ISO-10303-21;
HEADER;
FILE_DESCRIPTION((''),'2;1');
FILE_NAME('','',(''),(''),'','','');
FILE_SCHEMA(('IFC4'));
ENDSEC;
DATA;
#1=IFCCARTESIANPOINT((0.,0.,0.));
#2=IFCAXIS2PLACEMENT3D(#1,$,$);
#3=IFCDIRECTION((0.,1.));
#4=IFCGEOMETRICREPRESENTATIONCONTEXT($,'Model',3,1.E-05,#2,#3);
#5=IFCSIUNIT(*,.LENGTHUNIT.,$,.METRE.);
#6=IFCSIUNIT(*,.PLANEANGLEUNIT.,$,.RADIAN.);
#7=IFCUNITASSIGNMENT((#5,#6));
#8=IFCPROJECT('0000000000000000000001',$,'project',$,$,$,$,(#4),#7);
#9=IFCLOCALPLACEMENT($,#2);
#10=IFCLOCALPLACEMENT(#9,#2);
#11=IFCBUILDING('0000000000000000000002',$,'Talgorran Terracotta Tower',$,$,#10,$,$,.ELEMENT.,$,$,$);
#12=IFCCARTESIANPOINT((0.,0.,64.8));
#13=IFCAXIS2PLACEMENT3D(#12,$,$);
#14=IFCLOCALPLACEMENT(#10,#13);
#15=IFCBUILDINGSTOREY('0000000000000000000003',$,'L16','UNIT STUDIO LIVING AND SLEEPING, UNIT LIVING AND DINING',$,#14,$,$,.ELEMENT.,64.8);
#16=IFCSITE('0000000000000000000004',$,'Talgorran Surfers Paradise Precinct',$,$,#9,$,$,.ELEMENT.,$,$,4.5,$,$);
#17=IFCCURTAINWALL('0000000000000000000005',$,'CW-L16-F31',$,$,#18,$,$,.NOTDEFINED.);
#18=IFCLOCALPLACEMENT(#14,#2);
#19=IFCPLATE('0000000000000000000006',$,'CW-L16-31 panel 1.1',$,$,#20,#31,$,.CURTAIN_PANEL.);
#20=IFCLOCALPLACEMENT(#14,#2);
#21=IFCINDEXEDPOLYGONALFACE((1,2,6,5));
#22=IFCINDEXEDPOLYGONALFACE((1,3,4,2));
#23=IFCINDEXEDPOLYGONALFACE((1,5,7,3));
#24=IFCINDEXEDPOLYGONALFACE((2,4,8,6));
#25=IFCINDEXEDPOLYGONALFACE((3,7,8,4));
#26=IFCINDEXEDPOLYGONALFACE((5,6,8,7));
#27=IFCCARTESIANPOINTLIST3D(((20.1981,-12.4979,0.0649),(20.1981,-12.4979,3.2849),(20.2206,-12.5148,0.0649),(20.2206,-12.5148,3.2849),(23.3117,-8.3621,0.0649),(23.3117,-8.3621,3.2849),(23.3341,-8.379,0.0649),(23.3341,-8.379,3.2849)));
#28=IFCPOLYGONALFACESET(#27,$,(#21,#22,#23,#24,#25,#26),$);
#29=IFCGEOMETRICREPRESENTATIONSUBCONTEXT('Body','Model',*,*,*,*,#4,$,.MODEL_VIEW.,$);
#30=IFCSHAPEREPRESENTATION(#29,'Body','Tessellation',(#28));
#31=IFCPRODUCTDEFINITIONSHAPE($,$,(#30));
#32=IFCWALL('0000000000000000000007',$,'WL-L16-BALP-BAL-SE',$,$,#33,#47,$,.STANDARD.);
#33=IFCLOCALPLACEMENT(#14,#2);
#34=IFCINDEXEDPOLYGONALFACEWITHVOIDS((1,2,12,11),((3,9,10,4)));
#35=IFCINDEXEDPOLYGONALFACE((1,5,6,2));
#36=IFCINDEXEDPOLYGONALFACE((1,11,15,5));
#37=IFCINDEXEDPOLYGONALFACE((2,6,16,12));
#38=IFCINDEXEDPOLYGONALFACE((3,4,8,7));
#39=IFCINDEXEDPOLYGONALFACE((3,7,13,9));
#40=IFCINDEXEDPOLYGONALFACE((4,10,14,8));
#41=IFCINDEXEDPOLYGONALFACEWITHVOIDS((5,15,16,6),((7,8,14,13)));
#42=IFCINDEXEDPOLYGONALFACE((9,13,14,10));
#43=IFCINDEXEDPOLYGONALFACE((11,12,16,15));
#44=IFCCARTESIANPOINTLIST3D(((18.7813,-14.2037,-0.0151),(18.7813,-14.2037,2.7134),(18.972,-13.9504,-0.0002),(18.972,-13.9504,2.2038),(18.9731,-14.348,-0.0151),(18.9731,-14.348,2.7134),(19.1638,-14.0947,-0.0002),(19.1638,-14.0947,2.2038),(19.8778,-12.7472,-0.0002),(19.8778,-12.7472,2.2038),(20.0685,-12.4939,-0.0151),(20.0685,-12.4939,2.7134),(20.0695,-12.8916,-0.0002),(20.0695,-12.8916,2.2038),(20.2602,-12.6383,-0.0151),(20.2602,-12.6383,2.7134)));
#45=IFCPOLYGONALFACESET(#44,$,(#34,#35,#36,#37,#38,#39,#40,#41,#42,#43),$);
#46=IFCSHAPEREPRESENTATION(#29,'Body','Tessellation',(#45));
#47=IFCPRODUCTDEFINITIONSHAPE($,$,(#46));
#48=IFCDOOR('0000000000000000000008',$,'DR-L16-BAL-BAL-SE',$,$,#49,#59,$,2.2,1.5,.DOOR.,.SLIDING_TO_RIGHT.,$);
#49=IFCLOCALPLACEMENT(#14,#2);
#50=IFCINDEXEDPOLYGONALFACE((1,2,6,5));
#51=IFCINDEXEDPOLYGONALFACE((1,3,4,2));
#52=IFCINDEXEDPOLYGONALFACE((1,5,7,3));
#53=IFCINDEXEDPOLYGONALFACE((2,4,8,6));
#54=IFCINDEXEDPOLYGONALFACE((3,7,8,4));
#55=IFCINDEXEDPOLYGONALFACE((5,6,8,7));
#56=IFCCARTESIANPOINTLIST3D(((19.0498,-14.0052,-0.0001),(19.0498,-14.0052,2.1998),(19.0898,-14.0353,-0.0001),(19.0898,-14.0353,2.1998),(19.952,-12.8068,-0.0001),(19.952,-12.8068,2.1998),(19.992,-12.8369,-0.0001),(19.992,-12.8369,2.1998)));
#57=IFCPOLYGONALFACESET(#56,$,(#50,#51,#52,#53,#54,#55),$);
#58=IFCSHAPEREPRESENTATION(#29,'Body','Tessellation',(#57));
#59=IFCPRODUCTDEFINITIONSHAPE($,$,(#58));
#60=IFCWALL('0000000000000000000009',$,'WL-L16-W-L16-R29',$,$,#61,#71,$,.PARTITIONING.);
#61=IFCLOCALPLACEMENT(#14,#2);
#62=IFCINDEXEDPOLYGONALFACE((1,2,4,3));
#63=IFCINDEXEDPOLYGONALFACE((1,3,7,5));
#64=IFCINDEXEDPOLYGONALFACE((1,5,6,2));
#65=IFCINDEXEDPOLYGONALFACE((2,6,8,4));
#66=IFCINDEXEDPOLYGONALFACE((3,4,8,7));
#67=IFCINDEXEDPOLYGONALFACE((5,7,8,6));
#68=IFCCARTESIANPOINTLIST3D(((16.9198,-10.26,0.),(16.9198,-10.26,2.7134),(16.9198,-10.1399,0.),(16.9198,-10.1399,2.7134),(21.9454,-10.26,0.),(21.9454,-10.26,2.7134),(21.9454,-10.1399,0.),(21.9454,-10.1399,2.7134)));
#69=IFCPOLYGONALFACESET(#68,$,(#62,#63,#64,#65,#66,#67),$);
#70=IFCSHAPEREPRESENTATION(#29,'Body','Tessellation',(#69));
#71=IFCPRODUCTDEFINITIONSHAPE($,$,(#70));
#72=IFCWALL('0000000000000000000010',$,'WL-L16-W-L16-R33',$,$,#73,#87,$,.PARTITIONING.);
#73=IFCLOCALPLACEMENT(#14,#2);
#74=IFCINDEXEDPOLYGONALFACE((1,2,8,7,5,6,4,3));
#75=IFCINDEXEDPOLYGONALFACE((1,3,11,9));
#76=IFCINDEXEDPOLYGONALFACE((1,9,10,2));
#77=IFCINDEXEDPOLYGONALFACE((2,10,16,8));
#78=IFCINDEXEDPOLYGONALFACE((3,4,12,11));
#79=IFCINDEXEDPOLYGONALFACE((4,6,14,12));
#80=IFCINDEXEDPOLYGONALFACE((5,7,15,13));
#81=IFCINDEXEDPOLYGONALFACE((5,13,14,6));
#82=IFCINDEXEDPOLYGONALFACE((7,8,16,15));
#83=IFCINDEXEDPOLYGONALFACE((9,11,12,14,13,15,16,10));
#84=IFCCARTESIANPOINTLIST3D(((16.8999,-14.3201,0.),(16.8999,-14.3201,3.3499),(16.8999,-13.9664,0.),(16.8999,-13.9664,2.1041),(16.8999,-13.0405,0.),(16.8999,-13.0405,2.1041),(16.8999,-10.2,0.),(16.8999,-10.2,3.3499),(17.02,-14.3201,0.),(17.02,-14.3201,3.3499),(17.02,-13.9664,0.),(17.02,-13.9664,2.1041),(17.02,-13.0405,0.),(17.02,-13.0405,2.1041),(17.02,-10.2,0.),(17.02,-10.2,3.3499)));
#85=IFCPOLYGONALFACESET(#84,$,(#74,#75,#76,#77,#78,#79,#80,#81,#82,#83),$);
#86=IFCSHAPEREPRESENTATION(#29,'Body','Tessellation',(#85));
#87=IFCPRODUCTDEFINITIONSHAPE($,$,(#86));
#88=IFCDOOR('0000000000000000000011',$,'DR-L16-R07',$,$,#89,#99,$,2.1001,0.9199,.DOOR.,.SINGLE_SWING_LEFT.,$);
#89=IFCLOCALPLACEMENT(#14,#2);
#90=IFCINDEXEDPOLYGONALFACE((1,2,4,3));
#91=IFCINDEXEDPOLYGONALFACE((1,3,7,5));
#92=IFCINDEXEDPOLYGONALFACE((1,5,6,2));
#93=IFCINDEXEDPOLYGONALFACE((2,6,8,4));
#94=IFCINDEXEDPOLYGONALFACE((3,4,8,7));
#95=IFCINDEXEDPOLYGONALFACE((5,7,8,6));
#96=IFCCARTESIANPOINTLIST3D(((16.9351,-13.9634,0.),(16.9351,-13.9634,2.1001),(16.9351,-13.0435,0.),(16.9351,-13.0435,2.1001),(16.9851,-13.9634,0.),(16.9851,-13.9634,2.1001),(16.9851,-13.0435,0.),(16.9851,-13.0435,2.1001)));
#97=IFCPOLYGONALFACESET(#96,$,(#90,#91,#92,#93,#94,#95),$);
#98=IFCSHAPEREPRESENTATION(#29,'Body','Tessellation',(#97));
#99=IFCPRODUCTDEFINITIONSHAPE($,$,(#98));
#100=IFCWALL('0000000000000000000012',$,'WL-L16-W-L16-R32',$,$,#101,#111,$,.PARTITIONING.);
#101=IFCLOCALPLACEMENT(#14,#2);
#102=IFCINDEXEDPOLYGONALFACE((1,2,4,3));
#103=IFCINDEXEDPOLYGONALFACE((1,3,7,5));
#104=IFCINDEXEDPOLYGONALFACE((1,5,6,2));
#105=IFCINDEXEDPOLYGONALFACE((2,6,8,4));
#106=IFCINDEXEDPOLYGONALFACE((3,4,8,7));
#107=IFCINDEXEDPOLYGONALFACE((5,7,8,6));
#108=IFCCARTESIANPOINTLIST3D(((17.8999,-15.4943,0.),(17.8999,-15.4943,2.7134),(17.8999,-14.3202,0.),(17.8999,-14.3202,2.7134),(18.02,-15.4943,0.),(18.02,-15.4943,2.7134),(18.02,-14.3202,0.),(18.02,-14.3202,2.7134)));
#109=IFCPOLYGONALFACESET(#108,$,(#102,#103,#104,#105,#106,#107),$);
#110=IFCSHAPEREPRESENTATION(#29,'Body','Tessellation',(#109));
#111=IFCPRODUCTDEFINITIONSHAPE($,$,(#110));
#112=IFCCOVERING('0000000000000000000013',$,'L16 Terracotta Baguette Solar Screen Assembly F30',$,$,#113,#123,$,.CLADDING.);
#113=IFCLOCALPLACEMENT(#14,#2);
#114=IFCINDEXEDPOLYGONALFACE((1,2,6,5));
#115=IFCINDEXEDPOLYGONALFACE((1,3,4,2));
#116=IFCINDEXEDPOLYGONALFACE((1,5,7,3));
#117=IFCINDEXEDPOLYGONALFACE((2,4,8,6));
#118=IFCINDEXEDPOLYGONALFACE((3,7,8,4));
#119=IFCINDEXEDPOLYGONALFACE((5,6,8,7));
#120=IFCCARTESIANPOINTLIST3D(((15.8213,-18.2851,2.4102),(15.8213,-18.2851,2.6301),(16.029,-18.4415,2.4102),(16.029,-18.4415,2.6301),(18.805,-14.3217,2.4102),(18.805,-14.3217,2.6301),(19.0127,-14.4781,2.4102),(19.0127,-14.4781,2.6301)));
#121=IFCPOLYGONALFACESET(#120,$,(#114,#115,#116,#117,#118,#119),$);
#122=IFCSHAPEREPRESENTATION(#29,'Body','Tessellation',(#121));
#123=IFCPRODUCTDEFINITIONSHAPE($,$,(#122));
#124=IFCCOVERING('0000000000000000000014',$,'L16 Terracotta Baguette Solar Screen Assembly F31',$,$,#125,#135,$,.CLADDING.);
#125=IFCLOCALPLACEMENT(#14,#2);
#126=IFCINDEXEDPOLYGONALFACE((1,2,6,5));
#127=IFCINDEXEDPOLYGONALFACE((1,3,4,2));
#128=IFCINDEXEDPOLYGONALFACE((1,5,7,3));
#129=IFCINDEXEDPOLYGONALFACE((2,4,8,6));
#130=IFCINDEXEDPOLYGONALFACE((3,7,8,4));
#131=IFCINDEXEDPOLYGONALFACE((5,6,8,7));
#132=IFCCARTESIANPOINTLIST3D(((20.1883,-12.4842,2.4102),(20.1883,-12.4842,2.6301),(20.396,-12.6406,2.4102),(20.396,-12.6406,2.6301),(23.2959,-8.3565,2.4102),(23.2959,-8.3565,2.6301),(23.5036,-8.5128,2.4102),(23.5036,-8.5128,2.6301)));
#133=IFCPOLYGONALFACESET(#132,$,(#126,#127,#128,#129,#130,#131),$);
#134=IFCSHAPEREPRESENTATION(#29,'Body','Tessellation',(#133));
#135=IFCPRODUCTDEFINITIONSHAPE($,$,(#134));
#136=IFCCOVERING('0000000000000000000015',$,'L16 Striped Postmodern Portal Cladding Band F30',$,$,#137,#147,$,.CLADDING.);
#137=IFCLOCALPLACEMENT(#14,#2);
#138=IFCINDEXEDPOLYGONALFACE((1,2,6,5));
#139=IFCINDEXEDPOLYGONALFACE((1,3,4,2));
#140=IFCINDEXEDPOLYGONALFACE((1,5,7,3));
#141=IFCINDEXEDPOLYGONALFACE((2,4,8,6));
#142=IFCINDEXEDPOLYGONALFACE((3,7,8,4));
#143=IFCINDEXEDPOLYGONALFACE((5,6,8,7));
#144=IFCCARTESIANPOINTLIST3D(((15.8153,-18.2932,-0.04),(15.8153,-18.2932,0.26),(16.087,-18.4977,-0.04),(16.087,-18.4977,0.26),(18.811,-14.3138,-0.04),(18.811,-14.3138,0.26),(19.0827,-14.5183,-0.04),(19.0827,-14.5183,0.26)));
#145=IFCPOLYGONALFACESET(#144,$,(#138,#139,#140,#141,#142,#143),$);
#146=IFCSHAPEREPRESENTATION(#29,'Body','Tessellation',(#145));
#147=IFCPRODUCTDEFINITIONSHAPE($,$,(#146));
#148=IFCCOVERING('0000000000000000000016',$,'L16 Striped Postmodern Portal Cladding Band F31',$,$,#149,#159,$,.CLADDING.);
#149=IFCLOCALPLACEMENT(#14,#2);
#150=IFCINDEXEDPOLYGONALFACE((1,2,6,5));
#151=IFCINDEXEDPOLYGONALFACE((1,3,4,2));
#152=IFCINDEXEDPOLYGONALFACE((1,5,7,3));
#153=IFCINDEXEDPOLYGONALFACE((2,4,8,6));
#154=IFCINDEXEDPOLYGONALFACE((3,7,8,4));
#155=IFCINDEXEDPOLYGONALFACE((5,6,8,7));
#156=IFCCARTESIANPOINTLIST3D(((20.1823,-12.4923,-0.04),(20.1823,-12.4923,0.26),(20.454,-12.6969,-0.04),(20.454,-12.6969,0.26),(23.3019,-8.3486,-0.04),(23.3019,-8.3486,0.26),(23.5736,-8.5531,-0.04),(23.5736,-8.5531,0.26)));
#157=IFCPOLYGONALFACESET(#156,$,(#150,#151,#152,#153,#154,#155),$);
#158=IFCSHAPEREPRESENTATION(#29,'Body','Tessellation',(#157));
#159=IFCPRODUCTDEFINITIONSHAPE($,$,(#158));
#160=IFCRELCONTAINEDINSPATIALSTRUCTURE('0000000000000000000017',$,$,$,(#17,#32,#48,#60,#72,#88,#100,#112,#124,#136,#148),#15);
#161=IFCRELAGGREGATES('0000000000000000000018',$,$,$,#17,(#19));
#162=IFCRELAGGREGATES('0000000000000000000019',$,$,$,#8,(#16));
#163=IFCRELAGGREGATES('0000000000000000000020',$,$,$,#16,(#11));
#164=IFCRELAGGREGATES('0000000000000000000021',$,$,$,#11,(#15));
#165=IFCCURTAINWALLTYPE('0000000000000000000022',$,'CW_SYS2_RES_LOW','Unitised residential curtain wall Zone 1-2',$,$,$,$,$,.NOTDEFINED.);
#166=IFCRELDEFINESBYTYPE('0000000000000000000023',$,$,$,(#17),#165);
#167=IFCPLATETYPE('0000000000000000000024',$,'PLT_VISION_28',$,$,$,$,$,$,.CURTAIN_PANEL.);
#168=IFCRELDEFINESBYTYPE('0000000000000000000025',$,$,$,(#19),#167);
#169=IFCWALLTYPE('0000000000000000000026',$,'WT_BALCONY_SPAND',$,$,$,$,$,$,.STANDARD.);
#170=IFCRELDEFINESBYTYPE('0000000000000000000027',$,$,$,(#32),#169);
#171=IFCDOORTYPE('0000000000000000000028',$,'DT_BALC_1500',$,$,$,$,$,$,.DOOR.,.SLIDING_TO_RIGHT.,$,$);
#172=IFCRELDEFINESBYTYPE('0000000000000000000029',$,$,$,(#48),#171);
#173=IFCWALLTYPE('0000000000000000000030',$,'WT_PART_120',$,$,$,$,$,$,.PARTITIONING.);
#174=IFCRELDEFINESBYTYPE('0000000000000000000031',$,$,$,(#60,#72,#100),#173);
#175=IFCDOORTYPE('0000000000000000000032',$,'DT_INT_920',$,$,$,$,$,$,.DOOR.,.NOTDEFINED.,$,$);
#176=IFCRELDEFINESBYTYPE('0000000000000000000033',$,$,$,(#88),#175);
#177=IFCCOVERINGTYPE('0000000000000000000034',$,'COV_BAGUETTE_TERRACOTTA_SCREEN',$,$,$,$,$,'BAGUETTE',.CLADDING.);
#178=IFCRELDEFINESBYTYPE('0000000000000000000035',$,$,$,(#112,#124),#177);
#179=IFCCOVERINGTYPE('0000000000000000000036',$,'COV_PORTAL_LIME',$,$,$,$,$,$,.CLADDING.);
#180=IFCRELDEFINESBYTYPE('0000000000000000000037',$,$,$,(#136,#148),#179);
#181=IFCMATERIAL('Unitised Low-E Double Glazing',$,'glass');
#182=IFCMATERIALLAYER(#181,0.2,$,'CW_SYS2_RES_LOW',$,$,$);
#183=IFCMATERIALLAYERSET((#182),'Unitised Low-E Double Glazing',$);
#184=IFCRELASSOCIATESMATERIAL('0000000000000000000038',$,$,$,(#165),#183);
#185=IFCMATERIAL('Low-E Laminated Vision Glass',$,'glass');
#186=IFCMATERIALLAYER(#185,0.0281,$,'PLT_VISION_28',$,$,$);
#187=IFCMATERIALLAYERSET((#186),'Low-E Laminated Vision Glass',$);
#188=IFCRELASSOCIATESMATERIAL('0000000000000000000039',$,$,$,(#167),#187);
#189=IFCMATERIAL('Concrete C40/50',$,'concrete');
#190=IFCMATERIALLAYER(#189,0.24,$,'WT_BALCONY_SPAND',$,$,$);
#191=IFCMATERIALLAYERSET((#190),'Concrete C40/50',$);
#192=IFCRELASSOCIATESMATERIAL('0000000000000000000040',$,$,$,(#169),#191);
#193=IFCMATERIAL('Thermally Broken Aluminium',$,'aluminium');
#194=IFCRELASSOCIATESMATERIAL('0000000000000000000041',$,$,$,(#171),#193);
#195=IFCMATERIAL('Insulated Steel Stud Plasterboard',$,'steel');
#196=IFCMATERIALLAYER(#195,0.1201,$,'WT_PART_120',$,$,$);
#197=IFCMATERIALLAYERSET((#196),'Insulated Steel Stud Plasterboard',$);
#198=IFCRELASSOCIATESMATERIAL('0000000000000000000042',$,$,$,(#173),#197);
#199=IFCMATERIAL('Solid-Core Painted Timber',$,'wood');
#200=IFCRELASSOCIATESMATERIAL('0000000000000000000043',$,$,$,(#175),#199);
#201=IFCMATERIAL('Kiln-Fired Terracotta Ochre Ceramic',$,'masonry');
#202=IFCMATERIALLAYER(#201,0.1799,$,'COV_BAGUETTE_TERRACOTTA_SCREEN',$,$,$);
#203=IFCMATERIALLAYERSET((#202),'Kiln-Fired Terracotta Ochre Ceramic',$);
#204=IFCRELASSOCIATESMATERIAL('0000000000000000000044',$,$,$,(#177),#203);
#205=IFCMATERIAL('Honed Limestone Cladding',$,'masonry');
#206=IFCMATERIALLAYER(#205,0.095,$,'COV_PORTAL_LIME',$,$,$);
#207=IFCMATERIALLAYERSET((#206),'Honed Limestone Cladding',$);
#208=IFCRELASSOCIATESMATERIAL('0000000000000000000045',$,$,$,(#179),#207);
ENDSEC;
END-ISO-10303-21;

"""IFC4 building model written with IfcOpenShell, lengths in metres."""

from ifc_helpers import new_model, si_unit, direction, frame, frame_2d, origin, origin_2d, place, context, subcontext, project, spatial, rectangle, extrude, source, transform, mapped, material, layer, layer_set, type_object, element, fill, aggregate, save


model = new_model("IFC4")

# Units and contexts
model_context = context("Model", 3, precision=1e-05, world=origin(), true_north=direction((0.0, 1.0)))
body_context = subcontext(model_context, "Body", "Model", "MODEL_VIEW")
ifc_project = project(units=[si_unit("LENGTHUNIT", "METRE"), si_unit("PLANEANGLEUNIT", "RADIAN")], contexts=[model_context])

# Site, building, storey
site_placement = place(None, origin())
site = spatial("IfcSite", under=ifc_project, at=site_placement, Name="Talgorran Surfers Paradise Precinct", CompositionType="ELEMENT", RefElevation=4.5)
building_placement = place(site_placement, origin())
building = spatial("IfcBuilding", under=site, at=building_placement, Name="Talgorran Terracotta Tower", CompositionType="ELEMENT")
storey_placement = place(building_placement, frame((0.0, 0.0, 64.8)))
storey = spatial("IfcBuildingStorey", under=building, at=storey_placement, Name="L16", Description="UNIT STUDIO LIVING AND SLEEPING, UNIT LIVING AND DINING", CompositionType="ELEMENT", Elevation=64.8)

# Shared definitions
ifc_material_1 = material(Name="Unitised Low-E Double Glazing", Category="glass")
ifc_layer_1 = layer(ifc_material_1, 0.2, Name="CW_SYS2_RES_LOW")
ifc_layer_set_1 = layer_set([ifc_layer_1], Name="Unitised Low-E Double Glazing")
curtain_wall_type = type_object("IfcCurtainWallType", Name="CW_SYS2_RES_LOW", Description="Unitised residential curtain wall Zone 1-2", PredefinedType="NOTDEFINED", material=ifc_layer_set_1)

# Curtain wall
curtain_wall_1_placement = place(storey_placement, origin())
curtain_wall_1 = element("IfcCurtainWall", 1, at=curtain_wall_1_placement, inside=storey, type_object=curtain_wall_type, Name="CW-L16-F31", PredefinedType="NOTDEFINED")

# Plate
ifc_material_2 = material(Name="Low-E Laminated Vision Glass", Category="glass")
ifc_layer_2 = layer(ifc_material_2, 0.0281, Name="PLT_VISION_28")
ifc_layer_set_2 = layer_set([ifc_layer_2], Name="Low-E Laminated Vision Glass")
plate_type_1 = type_object("IfcPlateType", Name="PLT_VISION_28", PredefinedType="CURTAIN_PANEL", material=ifc_layer_set_2)
shared_shape_1 = source(origin(), body_context, "Body", "SweptSolid", [
    extrude(rectangle(XDim=5.1768, YDim=0.0281, at=origin_2d()), origin(), (0.0, 0.0, 1.0), 3.22),
])
plate_1_placement = place(storey_placement, frame((21.7661, -10.4385, 0.0649), z_axis=(0.0, 0.0, 1.0), x_axis=(0.601446, 0.798913, 0.0)))
plate_1 = element("IfcPlate", 2, at=plate_1_placement, type_object=plate_type_1, Name="CW-L16-31 panel 1.1", PredefinedType="CURTAIN_PANEL", context=body_context, shape_type="MappedRepresentation", body=[
    mapped(shared_shape_1, transform((0.0, 0.0, 0.0), scale=1.0)),
])
aggregate(curtain_wall_1, [plate_1])

# Wall, opening, door
ifc_material_3 = material(Name="Concrete C40/50", Category="concrete")
ifc_layer_3 = layer(ifc_material_3, 0.24, Name="WT_BALCONY_SPAND")
ifc_layer_set_3 = layer_set([ifc_layer_3], Name="Concrete C40/50")
wall_type_1 = type_object("IfcWallType", Name="WT_BALCONY_SPAND", PredefinedType="STANDARD", material=ifc_layer_set_3)
wall_1_placement = place(storey_placement, frame((18.8772, -14.2759, -0.0151), z_axis=(0.0, 0.0, 1.0), x_axis=(0.601441, 0.798917, 0.0)))
wall_1 = element("IfcWall", 3, at=wall_1_placement, inside=storey, type_object=wall_type_1, Name="WL-L16-BALP-BAL-SE", PredefinedType="STANDARD", context=body_context, shape_type="SweptSolid", body=[
    extrude(rectangle(XDim=2.1401, YDim=0.24, at=frame_2d((1.0701, 0.0))), origin(), (0.0, 0.0, 1.0), 2.7285),
])
opening_1_placement = place(wall_1_placement, frame((0.3201, 0.0, 0.0149)))
opening_1 = element("IfcOpeningElement", 4, at=opening_1_placement, cuts=wall_1, PredefinedType="OPENING", context=body_context, shape_type="SweptSolid", body=[
    extrude(rectangle(XDim=1.506, YDim=2.204, at=frame_2d((0.75, 1.1021))), frame((0.0, 0.1299, 0.0), z_axis=(0.0, -1.0, 0.0), x_axis=(1.0, 0.0, 0.0)), (0.0, 0.0, 1.0), 0.26),
])
ifc_material_4 = material(Name="Thermally Broken Aluminium", Category="aluminium")
door_type_1 = type_object("IfcDoorType", Name="DT_BALC_1500", OperationType="SLIDING_TO_RIGHT", PredefinedType="DOOR", material=ifc_material_4)
door_1_placement = place(opening_1_placement, origin())
door_1 = element("IfcDoor", 5, at=door_1_placement, inside=storey, type_object=door_type_1, Name="DR-L16-BAL-BAL-SE", OperationType="SLIDING_TO_RIGHT", OverallHeight=2.2, OverallWidth=1.5, PredefinedType="DOOR", context=body_context, shape_type="SweptSolid", body=[
    extrude(rectangle(XDim=1.5, YDim=2.2, at=frame_2d((0.75, 1.1001))), frame((0.0, 0.0249, 0.0), z_axis=(0.0, -1.0, 0.0), x_axis=(1.0, 0.0, 0.0)), (0.0, 0.0, 1.0), 0.05),
])
fill(opening_1, door_1)

# Wall
ifc_material_5 = material(Name="Insulated Steel Stud Plasterboard", Category="steel")
ifc_layer_4 = layer(ifc_material_5, 0.1201, Name="WT_PART_120")
ifc_layer_set_4 = layer_set([ifc_layer_4], Name="Insulated Steel Stud Plasterboard")
wall_type_2 = type_object("IfcWallType", Name="WT_PART_120", PredefinedType="PARTITIONING", material=ifc_layer_set_4)
wall_2_placement = place(storey_placement, frame((16.9199, -10.2, 0.0), z_axis=(0.0, 0.0, 1.0), x_axis=(1.0, 0.0, 0.0)))
element("IfcWall", 6, at=wall_2_placement, inside=storey, type_object=wall_type_2, Name="WL-L16-W-L16-R29", PredefinedType="PARTITIONING", context=body_context, shape_type="SweptSolid", body=[
    extrude(rectangle(XDim=5.0256, YDim=0.1201, at=frame_2d((2.5127, 0.0))), origin(), (0.0, 0.0, 1.0), 2.7134),
])

# Wall, opening, door
wall_3_placement = place(storey_placement, frame((16.96, -14.3201, 0.0), z_axis=(0.0, 0.0, 1.0), x_axis=(0.0, 1.0, 0.0)))
wall_3 = element("IfcWall", 7, at=wall_3_placement, inside=storey, type_object=wall_type_2, Name="WL-L16-W-L16-R33", PredefinedType="PARTITIONING", context=body_context, shape_type="SweptSolid", body=[
    extrude(rectangle(XDim=4.1201, YDim=0.1201, at=frame_2d((2.0601, 0.0))), origin(), (0.0, 0.0, 1.0), 3.3499),
])
opening_2_placement = place(wall_3_placement, frame((0.3567, 0.0, 0.0)))
opening_2 = element("IfcOpeningElement", 8, at=opening_2_placement, cuts=wall_3, PredefinedType="OPENING", context=body_context, shape_type="SweptSolid", body=[
    extrude(rectangle(XDim=0.9259, YDim=2.1041, at=frame_2d((0.46, 1.052))), frame((0.0, 0.0701, 0.0), z_axis=(0.0, -1.0, 0.0), x_axis=(1.0, 0.0, 0.0)), (0.0, 0.0, 1.0), 0.1401),
])
ifc_material_6 = material(Name="Solid-Core Painted Timber", Category="wood")
door_type_2 = type_object("IfcDoorType", Name="DT_INT_920", OperationType="NOTDEFINED", PredefinedType="DOOR", material=ifc_material_6)
door_2_placement = place(opening_2_placement, origin())
door_2 = element("IfcDoor", 9, at=door_2_placement, inside=storey, type_object=door_type_2, Name="DR-L16-R07", OperationType="SINGLE_SWING_LEFT", OverallHeight=2.1001, OverallWidth=0.9199, PredefinedType="DOOR", context=body_context, shape_type="SweptSolid", body=[
    extrude(rectangle(XDim=0.9199, YDim=2.1001, at=frame_2d((0.46, 1.05))), frame((0.0, 0.0249, 0.0), z_axis=(0.0, -1.0, 0.0), x_axis=(1.0, 0.0, 0.0)), (0.0, 0.0, 1.0), 0.05),
])
fill(opening_2, door_2)

# Wall
wall_4_placement = place(storey_placement, frame((17.96, -15.4941, 0.0), z_axis=(0.0, 0.0, 1.0), x_axis=(0.0, 1.0, 0.0)))
element("IfcWall", 10, at=wall_4_placement, inside=storey, type_object=wall_type_2, Name="WL-L16-W-L16-R32", PredefinedType="PARTITIONING", context=body_context, shape_type="SweptSolid", body=[
    extrude(rectangle(XDim=1.1741, YDim=0.1201, at=frame_2d((0.5869, 0.0))), origin(), (0.0, 0.0, 1.0), 2.7134),
])

# Coverings
ifc_material_7 = material(Name="Kiln-Fired Terracotta Ochre Ceramic", Category="masonry")
ifc_layer_5 = layer(ifc_material_7, 0.1799, Name="COV_BAGUETTE_TERRACOTTA_SCREEN")
ifc_layer_set_5 = layer_set([ifc_layer_5], Name="Kiln-Fired Terracotta Ochre Ceramic")
covering_type_1 = type_object("IfcCoveringType", Name="COV_BAGUETTE_TERRACOTTA_SCREEN", ElementType="BAGUETTE", PredefinedType="CLADDING", material=ifc_layer_set_5)
covering_1_placement = place(storey_placement, frame((17.417, -16.3816, 2.4102), z_axis=(0.0, 0.0, 1.0), x_axis=(0.601439, 0.798919, 0.0)))
element("IfcCovering", 11, at=covering_1_placement, inside=storey, type_object=covering_type_1, Name="L16 Terracotta Baguette Solar Screen Assembly F30", PredefinedType="CLADDING", context=body_context, shape_type="SweptSolid", body=[
    extrude(rectangle(XDim=4.9609, YDim=0.26, at=origin_2d()), origin(), (0.0, 0.0, 1.0), 0.22),
])
covering_2_placement = place(storey_placement, frame((21.8459, -10.4985, 2.4102), z_axis=(0.0, 0.0, 1.0), x_axis=(0.601453, 0.798909, 0.0)))
element("IfcCovering", 12, at=covering_2_placement, inside=storey, type_object=covering_type_1, Name="L16 Terracotta Baguette Solar Screen Assembly F31", PredefinedType="CLADDING", context=body_context, shape_type="SweptSolid", body=[
    extrude(rectangle(XDim=5.1667, YDim=0.26, at=origin_2d()), origin(), (0.0, 0.0, 1.0), 0.22),
])
ifc_material_8 = material(Name="Honed Limestone Cladding", Category="masonry")
ifc_layer_6 = layer(ifc_material_8, 0.095, Name="COV_PORTAL_LIME")
ifc_layer_set_6 = layer_set([ifc_layer_6], Name="Honed Limestone Cladding")
covering_type_2 = type_object("IfcCoveringType", Name="COV_PORTAL_LIME", PredefinedType="CLADDING", material=ifc_layer_set_6)
covering_3_placement = place(storey_placement, frame((17.449, -16.4058, -0.04), z_axis=(0.0, 0.0, 1.0), x_axis=(0.601439, 0.798919, 0.0)))
element("IfcCovering", 13, at=covering_3_placement, inside=storey, type_object=covering_type_2, Name="L16 Striped Postmodern Portal Cladding Band F30", PredefinedType="CLADDING", context=body_context, shape_type="SweptSolid", body=[
    extrude(rectangle(XDim=4.981, YDim=0.3401, at=origin_2d()), origin(), (0.0, 0.0, 1.0), 0.3),
])
covering_4_placement = place(storey_placement, frame((21.8779, -10.5227, -0.04), z_axis=(0.0, 0.0, 1.0), x_axis=(0.601453, 0.798909, 0.0)))
element("IfcCovering", 14, at=covering_4_placement, inside=storey, type_object=covering_type_2, Name="L16 Striped Postmodern Portal Cladding Band F31", PredefinedType="CLADDING", context=body_context, shape_type="SweptSolid", body=[
    extrude(rectangle(XDim=5.1868, YDim=0.3401, at=origin_2d()), origin(), (0.0, 0.0, 1.0), 0.3),
])

save(model, "model.ifc")
